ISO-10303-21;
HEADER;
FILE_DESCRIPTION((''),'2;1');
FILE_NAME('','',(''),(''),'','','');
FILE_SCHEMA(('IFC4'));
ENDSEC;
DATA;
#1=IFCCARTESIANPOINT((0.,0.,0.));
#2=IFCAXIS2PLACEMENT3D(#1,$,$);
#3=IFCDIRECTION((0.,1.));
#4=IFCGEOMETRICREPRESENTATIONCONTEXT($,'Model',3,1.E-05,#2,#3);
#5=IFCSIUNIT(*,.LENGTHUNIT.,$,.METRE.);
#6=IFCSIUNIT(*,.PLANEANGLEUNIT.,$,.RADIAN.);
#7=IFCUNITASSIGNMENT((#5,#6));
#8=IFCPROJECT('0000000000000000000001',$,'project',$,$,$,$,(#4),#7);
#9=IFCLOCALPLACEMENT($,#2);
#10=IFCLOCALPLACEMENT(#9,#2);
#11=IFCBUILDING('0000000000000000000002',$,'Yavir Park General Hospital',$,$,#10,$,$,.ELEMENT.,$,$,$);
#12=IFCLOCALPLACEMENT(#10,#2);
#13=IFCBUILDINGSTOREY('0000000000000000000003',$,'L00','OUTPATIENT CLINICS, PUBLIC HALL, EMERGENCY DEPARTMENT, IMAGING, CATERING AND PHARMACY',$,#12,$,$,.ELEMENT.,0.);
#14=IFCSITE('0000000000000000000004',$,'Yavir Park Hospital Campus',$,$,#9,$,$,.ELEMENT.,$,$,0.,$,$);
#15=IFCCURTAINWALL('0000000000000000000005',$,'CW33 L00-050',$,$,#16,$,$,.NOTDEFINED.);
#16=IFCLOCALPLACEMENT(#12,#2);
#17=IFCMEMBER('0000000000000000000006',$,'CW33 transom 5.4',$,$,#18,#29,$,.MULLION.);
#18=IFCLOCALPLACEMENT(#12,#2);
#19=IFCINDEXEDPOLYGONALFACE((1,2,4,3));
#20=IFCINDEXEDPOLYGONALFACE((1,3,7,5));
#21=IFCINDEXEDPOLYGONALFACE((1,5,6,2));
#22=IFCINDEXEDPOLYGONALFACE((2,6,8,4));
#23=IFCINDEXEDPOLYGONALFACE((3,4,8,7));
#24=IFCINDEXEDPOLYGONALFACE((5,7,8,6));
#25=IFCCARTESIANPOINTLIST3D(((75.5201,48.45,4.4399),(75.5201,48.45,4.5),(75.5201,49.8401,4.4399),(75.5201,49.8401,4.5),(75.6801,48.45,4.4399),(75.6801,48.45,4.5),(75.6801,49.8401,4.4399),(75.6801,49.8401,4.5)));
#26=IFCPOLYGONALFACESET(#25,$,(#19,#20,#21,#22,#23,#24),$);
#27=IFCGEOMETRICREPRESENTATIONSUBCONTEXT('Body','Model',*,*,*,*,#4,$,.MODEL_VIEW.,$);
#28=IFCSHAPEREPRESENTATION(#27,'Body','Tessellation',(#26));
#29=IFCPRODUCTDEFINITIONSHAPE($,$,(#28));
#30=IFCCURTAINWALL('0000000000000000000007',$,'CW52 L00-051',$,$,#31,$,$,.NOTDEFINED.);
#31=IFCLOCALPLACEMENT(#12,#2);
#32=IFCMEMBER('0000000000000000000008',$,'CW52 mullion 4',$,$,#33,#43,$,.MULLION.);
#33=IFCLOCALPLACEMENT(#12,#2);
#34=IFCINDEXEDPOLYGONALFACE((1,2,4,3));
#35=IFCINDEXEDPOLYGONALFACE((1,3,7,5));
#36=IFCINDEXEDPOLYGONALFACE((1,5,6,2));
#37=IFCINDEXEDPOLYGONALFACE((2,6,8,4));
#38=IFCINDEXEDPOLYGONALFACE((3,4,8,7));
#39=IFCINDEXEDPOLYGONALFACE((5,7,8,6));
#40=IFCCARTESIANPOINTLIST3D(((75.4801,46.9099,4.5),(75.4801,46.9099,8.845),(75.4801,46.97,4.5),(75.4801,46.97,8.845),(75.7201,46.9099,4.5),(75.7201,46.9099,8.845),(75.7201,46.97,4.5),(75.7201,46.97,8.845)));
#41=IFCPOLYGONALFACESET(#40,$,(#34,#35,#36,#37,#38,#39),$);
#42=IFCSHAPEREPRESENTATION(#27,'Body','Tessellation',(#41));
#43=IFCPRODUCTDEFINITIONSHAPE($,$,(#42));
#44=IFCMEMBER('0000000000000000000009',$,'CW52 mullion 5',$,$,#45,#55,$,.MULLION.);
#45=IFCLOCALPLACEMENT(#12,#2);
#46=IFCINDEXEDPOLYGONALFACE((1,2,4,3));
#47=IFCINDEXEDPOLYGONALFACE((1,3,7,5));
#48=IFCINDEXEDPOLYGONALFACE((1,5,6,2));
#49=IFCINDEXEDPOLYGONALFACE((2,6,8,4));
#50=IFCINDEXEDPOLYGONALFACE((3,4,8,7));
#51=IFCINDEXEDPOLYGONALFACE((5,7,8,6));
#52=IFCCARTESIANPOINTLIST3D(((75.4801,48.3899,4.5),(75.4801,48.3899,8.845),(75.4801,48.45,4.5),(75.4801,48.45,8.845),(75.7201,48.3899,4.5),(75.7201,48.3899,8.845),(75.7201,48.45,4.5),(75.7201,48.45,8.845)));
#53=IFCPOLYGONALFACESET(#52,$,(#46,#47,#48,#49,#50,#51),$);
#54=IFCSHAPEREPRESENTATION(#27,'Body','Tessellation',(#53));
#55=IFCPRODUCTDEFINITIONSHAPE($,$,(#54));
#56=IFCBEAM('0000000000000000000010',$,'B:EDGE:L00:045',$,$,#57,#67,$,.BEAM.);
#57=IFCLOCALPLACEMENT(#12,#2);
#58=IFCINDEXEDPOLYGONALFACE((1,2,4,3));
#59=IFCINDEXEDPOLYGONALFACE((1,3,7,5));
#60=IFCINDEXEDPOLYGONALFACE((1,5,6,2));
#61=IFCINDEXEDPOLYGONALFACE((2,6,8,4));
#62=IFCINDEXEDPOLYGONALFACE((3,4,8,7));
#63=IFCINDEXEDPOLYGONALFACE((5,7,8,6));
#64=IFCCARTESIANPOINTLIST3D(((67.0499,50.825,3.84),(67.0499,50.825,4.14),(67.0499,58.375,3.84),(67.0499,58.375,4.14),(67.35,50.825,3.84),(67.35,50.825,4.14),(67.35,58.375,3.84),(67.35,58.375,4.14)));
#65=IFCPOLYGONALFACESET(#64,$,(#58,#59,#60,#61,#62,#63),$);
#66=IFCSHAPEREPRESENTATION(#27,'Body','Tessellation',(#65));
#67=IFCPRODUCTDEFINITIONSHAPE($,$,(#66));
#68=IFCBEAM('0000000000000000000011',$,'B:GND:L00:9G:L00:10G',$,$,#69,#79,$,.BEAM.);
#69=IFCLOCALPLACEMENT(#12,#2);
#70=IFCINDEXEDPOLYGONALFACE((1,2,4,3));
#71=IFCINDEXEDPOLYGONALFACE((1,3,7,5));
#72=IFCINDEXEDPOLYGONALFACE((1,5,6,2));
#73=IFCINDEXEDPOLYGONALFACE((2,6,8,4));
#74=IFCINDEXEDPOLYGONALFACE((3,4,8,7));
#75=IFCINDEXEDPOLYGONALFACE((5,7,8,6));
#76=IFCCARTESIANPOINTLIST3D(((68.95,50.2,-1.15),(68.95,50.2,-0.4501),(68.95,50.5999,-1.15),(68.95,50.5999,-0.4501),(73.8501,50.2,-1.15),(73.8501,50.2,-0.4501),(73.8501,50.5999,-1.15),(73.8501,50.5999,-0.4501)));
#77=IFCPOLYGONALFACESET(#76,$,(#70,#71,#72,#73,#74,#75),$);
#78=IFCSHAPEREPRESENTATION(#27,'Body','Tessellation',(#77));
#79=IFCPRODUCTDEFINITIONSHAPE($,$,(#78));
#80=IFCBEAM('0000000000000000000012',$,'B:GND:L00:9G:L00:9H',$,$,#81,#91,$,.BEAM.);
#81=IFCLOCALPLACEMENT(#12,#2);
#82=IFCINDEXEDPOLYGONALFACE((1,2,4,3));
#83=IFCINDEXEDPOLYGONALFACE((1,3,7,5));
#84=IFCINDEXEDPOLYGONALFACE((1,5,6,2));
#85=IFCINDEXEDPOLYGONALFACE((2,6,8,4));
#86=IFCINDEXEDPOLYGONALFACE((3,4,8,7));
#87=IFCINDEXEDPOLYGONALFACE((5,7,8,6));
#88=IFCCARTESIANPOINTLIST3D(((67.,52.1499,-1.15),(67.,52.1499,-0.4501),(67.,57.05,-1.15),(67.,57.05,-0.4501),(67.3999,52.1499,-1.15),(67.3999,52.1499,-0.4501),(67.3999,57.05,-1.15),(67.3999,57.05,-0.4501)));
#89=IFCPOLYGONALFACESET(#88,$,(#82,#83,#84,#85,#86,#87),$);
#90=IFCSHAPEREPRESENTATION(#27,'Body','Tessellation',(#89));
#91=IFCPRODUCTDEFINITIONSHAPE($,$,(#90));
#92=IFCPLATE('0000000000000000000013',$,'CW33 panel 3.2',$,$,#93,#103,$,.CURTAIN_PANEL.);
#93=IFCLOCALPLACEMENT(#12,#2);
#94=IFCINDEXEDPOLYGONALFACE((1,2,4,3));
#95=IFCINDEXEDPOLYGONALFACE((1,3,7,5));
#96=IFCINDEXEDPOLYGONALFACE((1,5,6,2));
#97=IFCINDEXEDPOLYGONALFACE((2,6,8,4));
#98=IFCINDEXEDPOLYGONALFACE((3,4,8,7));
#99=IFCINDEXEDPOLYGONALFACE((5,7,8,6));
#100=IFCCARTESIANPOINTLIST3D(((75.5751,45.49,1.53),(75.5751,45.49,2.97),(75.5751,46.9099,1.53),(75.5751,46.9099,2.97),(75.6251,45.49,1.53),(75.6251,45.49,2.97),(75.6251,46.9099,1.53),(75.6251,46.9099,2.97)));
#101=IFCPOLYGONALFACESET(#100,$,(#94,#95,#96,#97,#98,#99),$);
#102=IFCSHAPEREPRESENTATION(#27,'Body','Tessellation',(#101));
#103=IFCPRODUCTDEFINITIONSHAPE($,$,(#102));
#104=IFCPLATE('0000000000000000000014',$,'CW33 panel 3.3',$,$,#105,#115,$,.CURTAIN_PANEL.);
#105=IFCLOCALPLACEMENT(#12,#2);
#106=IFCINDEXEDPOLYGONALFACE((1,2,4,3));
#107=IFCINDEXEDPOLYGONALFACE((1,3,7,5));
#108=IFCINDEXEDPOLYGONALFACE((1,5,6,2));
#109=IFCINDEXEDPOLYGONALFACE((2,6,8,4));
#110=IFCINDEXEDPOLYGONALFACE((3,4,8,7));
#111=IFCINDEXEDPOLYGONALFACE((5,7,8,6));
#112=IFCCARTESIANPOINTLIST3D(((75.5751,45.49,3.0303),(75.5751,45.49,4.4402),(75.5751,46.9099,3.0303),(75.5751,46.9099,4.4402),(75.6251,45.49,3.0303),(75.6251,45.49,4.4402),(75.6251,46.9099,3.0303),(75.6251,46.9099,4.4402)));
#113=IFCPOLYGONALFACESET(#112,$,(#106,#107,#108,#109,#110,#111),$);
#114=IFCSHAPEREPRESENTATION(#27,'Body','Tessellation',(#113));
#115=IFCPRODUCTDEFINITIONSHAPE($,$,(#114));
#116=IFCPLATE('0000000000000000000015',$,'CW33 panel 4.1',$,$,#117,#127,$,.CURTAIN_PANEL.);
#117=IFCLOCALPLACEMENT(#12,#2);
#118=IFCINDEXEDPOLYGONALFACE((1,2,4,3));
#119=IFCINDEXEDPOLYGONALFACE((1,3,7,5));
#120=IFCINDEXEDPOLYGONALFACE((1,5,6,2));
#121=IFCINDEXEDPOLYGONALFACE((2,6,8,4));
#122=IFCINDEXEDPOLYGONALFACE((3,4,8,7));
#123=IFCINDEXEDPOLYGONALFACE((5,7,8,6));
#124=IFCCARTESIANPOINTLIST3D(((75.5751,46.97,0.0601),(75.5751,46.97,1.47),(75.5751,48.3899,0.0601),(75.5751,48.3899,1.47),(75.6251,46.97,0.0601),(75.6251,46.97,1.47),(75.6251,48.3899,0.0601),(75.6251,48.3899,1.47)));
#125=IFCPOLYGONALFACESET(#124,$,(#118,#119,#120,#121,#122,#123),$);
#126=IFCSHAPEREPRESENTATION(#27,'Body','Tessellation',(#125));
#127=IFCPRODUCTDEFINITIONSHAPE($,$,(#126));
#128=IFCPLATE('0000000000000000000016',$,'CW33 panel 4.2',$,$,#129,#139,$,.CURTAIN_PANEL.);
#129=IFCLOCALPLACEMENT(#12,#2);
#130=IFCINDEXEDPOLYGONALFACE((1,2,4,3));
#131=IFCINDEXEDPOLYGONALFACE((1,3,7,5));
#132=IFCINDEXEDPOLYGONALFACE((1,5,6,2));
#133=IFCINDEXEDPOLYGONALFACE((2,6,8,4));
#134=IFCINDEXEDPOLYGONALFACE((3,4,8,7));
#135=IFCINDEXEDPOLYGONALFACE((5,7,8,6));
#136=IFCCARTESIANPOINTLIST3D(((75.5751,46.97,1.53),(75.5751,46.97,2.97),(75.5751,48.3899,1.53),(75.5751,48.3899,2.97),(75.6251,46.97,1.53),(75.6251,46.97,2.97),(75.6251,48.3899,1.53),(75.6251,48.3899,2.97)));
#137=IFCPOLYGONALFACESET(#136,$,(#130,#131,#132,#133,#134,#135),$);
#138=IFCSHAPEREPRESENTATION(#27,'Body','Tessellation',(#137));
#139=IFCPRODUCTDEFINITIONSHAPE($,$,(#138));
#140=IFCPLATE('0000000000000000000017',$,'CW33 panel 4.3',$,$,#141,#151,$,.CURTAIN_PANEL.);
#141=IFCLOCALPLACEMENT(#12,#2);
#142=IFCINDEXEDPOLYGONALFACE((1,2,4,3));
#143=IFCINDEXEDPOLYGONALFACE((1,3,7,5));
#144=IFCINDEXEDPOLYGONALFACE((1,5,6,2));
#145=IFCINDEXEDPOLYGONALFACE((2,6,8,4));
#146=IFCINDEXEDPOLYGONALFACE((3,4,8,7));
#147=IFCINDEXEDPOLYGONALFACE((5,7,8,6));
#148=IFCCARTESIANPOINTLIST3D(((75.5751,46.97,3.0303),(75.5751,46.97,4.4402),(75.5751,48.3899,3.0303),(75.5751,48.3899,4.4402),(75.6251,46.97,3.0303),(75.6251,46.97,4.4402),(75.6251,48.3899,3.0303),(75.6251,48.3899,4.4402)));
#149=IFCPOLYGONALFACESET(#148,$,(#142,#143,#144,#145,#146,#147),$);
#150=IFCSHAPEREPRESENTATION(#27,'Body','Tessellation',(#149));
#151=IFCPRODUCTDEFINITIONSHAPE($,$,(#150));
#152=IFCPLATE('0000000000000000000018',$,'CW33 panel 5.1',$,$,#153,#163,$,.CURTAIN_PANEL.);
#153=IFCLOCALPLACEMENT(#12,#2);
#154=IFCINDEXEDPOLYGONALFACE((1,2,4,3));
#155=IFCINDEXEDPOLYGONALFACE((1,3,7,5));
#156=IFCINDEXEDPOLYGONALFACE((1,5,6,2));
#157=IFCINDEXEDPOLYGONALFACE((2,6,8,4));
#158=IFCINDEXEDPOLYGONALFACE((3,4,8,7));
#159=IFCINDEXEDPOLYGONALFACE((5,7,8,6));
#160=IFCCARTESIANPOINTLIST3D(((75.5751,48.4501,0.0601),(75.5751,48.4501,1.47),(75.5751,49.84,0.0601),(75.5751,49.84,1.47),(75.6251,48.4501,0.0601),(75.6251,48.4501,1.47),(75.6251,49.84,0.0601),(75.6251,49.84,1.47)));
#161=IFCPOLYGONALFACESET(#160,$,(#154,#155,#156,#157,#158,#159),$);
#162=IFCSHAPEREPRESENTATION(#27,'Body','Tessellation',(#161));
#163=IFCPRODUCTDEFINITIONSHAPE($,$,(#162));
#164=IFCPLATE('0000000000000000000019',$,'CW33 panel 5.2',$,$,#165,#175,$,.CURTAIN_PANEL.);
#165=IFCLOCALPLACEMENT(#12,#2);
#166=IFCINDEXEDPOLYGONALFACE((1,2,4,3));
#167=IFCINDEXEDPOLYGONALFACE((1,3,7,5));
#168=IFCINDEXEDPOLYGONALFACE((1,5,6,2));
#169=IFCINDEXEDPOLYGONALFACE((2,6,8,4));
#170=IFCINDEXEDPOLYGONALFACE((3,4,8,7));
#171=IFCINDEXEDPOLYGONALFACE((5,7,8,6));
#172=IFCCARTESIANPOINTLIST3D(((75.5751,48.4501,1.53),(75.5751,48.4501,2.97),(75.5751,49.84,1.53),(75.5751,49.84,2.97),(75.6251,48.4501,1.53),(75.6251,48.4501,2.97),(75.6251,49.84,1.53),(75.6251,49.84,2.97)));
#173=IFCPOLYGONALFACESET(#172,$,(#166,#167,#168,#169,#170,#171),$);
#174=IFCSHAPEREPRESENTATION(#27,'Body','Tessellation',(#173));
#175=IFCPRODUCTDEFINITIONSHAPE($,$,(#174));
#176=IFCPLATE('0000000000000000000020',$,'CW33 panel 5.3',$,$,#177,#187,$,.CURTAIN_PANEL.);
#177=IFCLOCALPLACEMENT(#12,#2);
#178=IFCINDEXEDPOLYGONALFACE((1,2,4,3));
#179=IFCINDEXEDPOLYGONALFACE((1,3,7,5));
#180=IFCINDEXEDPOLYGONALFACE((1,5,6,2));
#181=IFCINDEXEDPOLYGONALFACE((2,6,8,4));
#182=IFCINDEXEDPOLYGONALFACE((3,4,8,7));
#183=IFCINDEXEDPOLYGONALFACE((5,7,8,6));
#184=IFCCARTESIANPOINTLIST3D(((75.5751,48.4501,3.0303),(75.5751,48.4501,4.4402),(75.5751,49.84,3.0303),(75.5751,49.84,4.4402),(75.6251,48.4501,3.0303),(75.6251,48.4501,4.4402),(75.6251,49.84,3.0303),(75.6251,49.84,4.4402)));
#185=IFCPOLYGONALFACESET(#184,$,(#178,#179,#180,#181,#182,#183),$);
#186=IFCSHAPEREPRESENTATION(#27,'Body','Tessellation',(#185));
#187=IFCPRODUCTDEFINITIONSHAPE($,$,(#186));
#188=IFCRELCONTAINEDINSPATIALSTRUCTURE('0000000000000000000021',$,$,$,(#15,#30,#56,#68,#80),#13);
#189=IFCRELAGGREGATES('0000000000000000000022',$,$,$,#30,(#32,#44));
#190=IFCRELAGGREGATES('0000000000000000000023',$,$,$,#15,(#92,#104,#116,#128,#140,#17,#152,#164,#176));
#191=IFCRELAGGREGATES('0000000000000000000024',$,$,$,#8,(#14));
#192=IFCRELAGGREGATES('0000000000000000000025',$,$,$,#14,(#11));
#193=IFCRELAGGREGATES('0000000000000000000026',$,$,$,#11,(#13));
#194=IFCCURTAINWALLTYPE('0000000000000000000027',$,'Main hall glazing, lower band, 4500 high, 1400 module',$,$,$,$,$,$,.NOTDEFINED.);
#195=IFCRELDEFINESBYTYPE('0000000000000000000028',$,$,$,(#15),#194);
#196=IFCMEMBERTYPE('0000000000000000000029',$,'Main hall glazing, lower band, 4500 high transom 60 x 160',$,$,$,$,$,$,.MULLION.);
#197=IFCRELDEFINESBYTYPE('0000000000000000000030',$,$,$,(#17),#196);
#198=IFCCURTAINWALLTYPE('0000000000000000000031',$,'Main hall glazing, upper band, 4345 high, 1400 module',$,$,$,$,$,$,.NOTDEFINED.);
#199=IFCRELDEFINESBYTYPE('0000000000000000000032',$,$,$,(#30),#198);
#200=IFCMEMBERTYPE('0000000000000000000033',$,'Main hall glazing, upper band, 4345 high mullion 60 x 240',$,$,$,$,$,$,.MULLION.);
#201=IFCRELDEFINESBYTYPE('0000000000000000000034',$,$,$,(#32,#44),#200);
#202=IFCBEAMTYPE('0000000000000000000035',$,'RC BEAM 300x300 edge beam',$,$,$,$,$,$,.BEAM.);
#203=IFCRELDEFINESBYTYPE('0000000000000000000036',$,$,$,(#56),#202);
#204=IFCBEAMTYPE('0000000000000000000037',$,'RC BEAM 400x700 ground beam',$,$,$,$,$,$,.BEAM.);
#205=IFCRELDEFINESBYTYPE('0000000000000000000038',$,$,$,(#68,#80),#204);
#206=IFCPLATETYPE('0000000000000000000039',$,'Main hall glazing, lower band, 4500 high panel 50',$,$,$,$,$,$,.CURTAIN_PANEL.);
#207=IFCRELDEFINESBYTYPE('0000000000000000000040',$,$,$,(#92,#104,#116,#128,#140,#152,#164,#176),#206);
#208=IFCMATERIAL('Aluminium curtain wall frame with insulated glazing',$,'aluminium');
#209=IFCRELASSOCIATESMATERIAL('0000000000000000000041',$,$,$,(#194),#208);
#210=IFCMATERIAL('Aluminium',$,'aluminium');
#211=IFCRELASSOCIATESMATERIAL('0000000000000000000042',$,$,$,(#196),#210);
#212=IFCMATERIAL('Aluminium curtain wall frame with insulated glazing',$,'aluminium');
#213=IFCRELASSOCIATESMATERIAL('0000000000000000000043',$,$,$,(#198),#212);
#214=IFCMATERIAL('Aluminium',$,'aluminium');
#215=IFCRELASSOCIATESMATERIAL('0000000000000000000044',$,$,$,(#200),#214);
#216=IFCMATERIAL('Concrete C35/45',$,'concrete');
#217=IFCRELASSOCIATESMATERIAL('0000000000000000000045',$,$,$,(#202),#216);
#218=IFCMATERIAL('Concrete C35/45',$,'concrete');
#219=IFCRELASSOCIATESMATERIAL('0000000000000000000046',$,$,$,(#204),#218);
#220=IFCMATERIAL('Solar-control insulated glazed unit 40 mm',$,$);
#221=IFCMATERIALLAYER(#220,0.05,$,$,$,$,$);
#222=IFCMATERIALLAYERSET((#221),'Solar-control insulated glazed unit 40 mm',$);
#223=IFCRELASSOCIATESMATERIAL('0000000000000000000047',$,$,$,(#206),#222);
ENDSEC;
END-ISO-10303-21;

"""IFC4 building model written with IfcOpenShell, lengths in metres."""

from ifc_helpers import new_model, si_unit, direction, frame, origin, origin_2d, place, context, subcontext, project, spatial, rectangle, extrude, material, layer, layer_set, material_profile, profile_set, type_object, element, aggregate, save


model = new_model("IFC4")

# Units and contexts
model_context = context("Model", 3, precision=1e-05, world=origin(), true_north=direction((0.0, 1.0)))
body_context = subcontext(model_context, "Body", "Model", "MODEL_VIEW")
ifc_project = project(units=[si_unit("LENGTHUNIT", "METRE"), si_unit("PLANEANGLEUNIT", "RADIAN")], contexts=[model_context])

# Site, building, storey
site_placement = place(None, origin())
site = spatial("IfcSite", under=ifc_project, at=site_placement, Name="Yavir Park Hospital Campus", CompositionType="ELEMENT", RefElevation=0.0)
building_placement = place(site_placement, origin())
building = spatial("IfcBuilding", under=site, at=building_placement, Name="Yavir Park General Hospital", CompositionType="ELEMENT")
storey_placement = place(building_placement, origin())
storey = spatial("IfcBuildingStorey", under=building, at=storey_placement, Name="L00", Description="OUTPATIENT CLINICS, PUBLIC HALL, EMERGENCY DEPARTMENT, IMAGING, CATERING AND PHARMACY", CompositionType="ELEMENT", Elevation=0.0)

# Curtain walls, members
ifc_material_1 = material(Name="Aluminium curtain wall frame with insulated glazing", Category="aluminium")
curtain_wall_type_1 = type_object("IfcCurtainWallType", Name="Main hall glazing, lower band, 4500 high, 1400 module", PredefinedType="NOTDEFINED", material=ifc_material_1)
curtain_wall_1_placement = place(storey_placement, origin())
curtain_wall_1 = element("IfcCurtainWall", 1, at=curtain_wall_1_placement, inside=storey, type_object=curtain_wall_type_1, Name="CW33 L00-050", PredefinedType="NOTDEFINED")
ifc_material_2 = material(Name="Aluminium", Category="aluminium")
ifc_material_profile_1 = material_profile(ifc_material_2, rectangle(XDim=0.1599, YDim=0.0601, at=origin_2d()), Name="AL 160x60")
ifc_profile_set_1 = profile_set([ifc_material_profile_1], Name="Aluminium")
member_type_1 = type_object("IfcMemberType", Name="Main hall glazing, lower band, 4500 high transom 60 x 160", PredefinedType="MULLION", material=ifc_profile_set_1)
member_1_placement = place(storey_placement, frame((75.6001, 48.45, 4.47), z_axis=(0.0, 1.0, 0.0), x_axis=(-1.0, 0.0, 0.0)))
member_1 = element("IfcMember", 2, at=member_1_placement, type_object=member_type_1, Name="CW33 transom 5.4", PredefinedType="MULLION", context=body_context, shape_type="SweptSolid", body=[
    extrude(rectangle(XDim=0.1599, YDim=0.0601, at=origin_2d()), origin(), (0.0, 0.0, 1.0), 1.3901),
])
ifc_material_3 = material(Name="Aluminium curtain wall frame with insulated glazing", Category="aluminium")
curtain_wall_type_2 = type_object("IfcCurtainWallType", Name="Main hall glazing, upper band, 4345 high, 1400 module", PredefinedType="NOTDEFINED", material=ifc_material_3)
curtain_wall_2_placement = place(storey_placement, origin())
curtain_wall_2 = element("IfcCurtainWall", 3, at=curtain_wall_2_placement, inside=storey, type_object=curtain_wall_type_2, Name="CW52 L00-051", PredefinedType="NOTDEFINED")
ifc_material_4 = material(Name="Aluminium", Category="aluminium")
ifc_material_profile_2 = material_profile(ifc_material_4, rectangle(XDim=0.24, YDim=0.0601, at=origin_2d()), Name="AL 60x240")
ifc_profile_set_2 = profile_set([ifc_material_profile_2], Name="Aluminium")
member_type_2 = type_object("IfcMemberType", Name="Main hall glazing, upper band, 4345 high mullion 60 x 240", PredefinedType="MULLION", material=ifc_profile_set_2)
member_2_placement = place(storey_placement, frame((75.6001, 46.9399, 4.5), z_axis=(0.0, 0.0, 1.0), x_axis=(-1.0, 0.0, 0.0)))
member_2 = element("IfcMember", 4, at=member_2_placement, type_object=member_type_2, Name="CW52 mullion 4", PredefinedType="MULLION", context=body_context, shape_type="SweptSolid", body=[
    extrude(rectangle(XDim=0.24, YDim=0.0601, at=origin_2d()), origin(), (0.0, 0.0, 1.0), 4.345),
])
member_3_placement = place(storey_placement, frame((75.6001, 48.4199, 4.5), z_axis=(0.0, 0.0, 1.0), x_axis=(-1.0, 0.0, 0.0)))
member_3 = element("IfcMember", 5, at=member_3_placement, type_object=member_type_2, Name="CW52 mullion 5", PredefinedType="MULLION", context=body_context, shape_type="SweptSolid", body=[
    extrude(rectangle(XDim=0.24, YDim=0.0601, at=origin_2d()), origin(), (0.0, 0.0, 1.0), 4.345),
])
aggregate(curtain_wall_2, [member_2, member_3])

# Beams
ifc_material_5 = material(Name="Concrete C35/45", Category="concrete")
ifc_material_profile_3 = material_profile(ifc_material_5, rectangle(XDim=0.3, YDim=0.3, at=origin_2d()), Name="RC300x300")
ifc_profile_set_3 = profile_set([ifc_material_profile_3], Name="Concrete C35/45")
beam_type_1 = type_object("IfcBeamType", Name="RC BEAM 300x300 edge beam", PredefinedType="BEAM", material=ifc_profile_set_3)
beam_placement = place(storey_placement, frame((67.2, 50.825, 3.99), z_axis=(0.0, 1.0, 0.0), x_axis=(-1.0, 0.0, 0.0)))
element("IfcBeam", 6, at=beam_placement, inside=storey, type_object=beam_type_1, Name="B:EDGE:L00:045", PredefinedType="BEAM", context=body_context, shape_type="SweptSolid", body=[
    extrude(rectangle(XDim=0.3, YDim=0.3, at=origin_2d()), origin(), (0.0, 0.0, 1.0), 7.55),
])
ifc_material_6 = material(Name="Concrete C35/45", Category="concrete")
ifc_material_profile_4 = material_profile(ifc_material_6, rectangle(XDim=0.3999, YDim=0.7, at=origin_2d()), Name="RC400x700")
ifc_profile_set_4 = profile_set([ifc_material_profile_4], Name="Concrete C35/45")
beam_type_2 = type_object("IfcBeamType", Name="RC BEAM 400x700 ground beam", PredefinedType="BEAM", material=ifc_profile_set_4)
for number, where, z_axis, x_axis, name in (
    (7, (68.95, 50.3999, -0.8), (1.0, 0.0, 0.0), (0.0, 1.0, 0.0), "B:GND:L00:9G:L00:10G"),
    (8, (67.2, 52.1499, -0.8), (0.0, 1.0, 0.0), (-1.0, 0.0, 0.0), "B:GND:L00:9G:L00:9H"),
):
    element("IfcBeam", number, at=place(storey_placement, frame(where, z_axis=z_axis, x_axis=x_axis)), inside=storey, type_object=beam_type_2, Name=name, PredefinedType="BEAM", context=body_context, shape_type="SweptSolid", body=[
        extrude(rectangle(XDim=0.3999, YDim=0.7, at=origin_2d()), origin(), (0.0, 0.0, 1.0), 4.9001),
    ])

# Plates
ifc_material_7 = material(Name="Solar-control insulated glazed unit 40 mm")
ifc_layer_1 = layer(ifc_material_7, 0.05)
ifc_layer_set_1 = layer_set([ifc_layer_1], Name="Solar-control insulated glazed unit 40 mm")
plate_type = type_object("IfcPlateType", Name="Main hall glazing, lower band, 4500 high panel 50", PredefinedType="CURTAIN_PANEL", material=ifc_layer_set_1)
plate_1_placement = place(storey_placement, frame((75.6001, 46.2, 1.53), z_axis=(0.0, 0.0, 1.0), x_axis=(0.0, 1.0, 0.0)))
plate_1 = element("IfcPlate", 9, at=plate_1_placement, type_object=plate_type, Name="CW33 panel 3.2", PredefinedType="CURTAIN_PANEL", context=body_context, shape_type="SweptSolid", body=[
    extrude(rectangle(XDim=1.4199, YDim=0.05, at=origin_2d()), origin(), (0.0, 0.0, 1.0), 1.4399),
])
plate_2_placement = place(storey_placement, frame((75.6001, 46.2, 3.0303), z_axis=(0.0, 0.0, 1.0), x_axis=(0.0, 1.0, 0.0)))
plate_2 = element("IfcPlate", 10, at=plate_2_placement, type_object=plate_type, Name="CW33 panel 3.3", PredefinedType="CURTAIN_PANEL", context=body_context, shape_type="SweptSolid", body=[
    extrude(rectangle(XDim=1.4199, YDim=0.05, at=origin_2d()), origin(), (0.0, 0.0, 1.0), 1.4099),
])
plate_3_placement = place(storey_placement, frame((75.6001, 47.6799, 0.0601), z_axis=(0.0, 0.0, 1.0), x_axis=(0.0, 1.0, 0.0)))
plate_3 = element("IfcPlate", 11, at=plate_3_placement, type_object=plate_type, Name="CW33 panel 4.1", PredefinedType="CURTAIN_PANEL", context=body_context, shape_type="SweptSolid", body=[
    extrude(rectangle(XDim=1.4199, YDim=0.05, at=origin_2d()), origin(), (0.0, 0.0, 1.0), 1.4099),
])
plate_4_placement = place(storey_placement, frame((75.6001, 47.6799, 1.53), z_axis=(0.0, 0.0, 1.0), x_axis=(0.0, 1.0, 0.0)))
plate_4 = element("IfcPlate", 12, at=plate_4_placement, type_object=plate_type, Name="CW33 panel 4.2", PredefinedType="CURTAIN_PANEL", context=body_context, shape_type="SweptSolid", body=[
    extrude(rectangle(XDim=1.4199, YDim=0.05, at=origin_2d()), origin(), (0.0, 0.0, 1.0), 1.4399),
])
plate_5_placement = place(storey_placement, frame((75.6001, 47.6799, 3.0303), z_axis=(0.0, 0.0, 1.0), x_axis=(0.0, 1.0, 0.0)))
plate_5 = element("IfcPlate", 13, at=plate_5_placement, type_object=plate_type, Name="CW33 panel 4.3", PredefinedType="CURTAIN_PANEL", context=body_context, shape_type="SweptSolid", body=[
    extrude(rectangle(XDim=1.4199, YDim=0.05, at=origin_2d()), origin(), (0.0, 0.0, 1.0), 1.4099),
])
plate_6_placement = place(storey_placement, frame((75.6001, 49.145, 0.0601), z_axis=(0.0, 0.0, 1.0), x_axis=(0.0, 1.0, 0.0)))
plate_6 = element("IfcPlate", 14, at=plate_6_placement, type_object=plate_type, Name="CW33 panel 5.1", PredefinedType="CURTAIN_PANEL", context=body_context, shape_type="SweptSolid", body=[
    extrude(rectangle(XDim=1.3899, YDim=0.05, at=origin_2d()), origin(), (0.0, 0.0, 1.0), 1.4099),
])
plate_7_placement = place(storey_placement, frame((75.6001, 49.145, 1.53), z_axis=(0.0, 0.0, 1.0), x_axis=(0.0, 1.0, 0.0)))
plate_7 = element("IfcPlate", 15, at=plate_7_placement, type_object=plate_type, Name="CW33 panel 5.2", PredefinedType="CURTAIN_PANEL", context=body_context, shape_type="SweptSolid", body=[
    extrude(rectangle(XDim=1.3899, YDim=0.05, at=origin_2d()), origin(), (0.0, 0.0, 1.0), 1.4399),
])
plate_8_placement = place(storey_placement, frame((75.6001, 49.145, 3.0303), z_axis=(0.0, 0.0, 1.0), x_axis=(0.0, 1.0, 0.0)))
plate_8 = element("IfcPlate", 16, at=plate_8_placement, type_object=plate_type, Name="CW33 panel 5.3", PredefinedType="CURTAIN_PANEL", context=body_context, shape_type="SweptSolid", body=[
    extrude(rectangle(XDim=1.3899, YDim=0.05, at=origin_2d()), origin(), (0.0, 0.0, 1.0), 1.4099),
])
aggregate(curtain_wall_1, [plate_1, plate_2, plate_3, plate_4, plate_5, member_1, plate_6, plate_7, plate_8])

save(model, "model.ifc")
